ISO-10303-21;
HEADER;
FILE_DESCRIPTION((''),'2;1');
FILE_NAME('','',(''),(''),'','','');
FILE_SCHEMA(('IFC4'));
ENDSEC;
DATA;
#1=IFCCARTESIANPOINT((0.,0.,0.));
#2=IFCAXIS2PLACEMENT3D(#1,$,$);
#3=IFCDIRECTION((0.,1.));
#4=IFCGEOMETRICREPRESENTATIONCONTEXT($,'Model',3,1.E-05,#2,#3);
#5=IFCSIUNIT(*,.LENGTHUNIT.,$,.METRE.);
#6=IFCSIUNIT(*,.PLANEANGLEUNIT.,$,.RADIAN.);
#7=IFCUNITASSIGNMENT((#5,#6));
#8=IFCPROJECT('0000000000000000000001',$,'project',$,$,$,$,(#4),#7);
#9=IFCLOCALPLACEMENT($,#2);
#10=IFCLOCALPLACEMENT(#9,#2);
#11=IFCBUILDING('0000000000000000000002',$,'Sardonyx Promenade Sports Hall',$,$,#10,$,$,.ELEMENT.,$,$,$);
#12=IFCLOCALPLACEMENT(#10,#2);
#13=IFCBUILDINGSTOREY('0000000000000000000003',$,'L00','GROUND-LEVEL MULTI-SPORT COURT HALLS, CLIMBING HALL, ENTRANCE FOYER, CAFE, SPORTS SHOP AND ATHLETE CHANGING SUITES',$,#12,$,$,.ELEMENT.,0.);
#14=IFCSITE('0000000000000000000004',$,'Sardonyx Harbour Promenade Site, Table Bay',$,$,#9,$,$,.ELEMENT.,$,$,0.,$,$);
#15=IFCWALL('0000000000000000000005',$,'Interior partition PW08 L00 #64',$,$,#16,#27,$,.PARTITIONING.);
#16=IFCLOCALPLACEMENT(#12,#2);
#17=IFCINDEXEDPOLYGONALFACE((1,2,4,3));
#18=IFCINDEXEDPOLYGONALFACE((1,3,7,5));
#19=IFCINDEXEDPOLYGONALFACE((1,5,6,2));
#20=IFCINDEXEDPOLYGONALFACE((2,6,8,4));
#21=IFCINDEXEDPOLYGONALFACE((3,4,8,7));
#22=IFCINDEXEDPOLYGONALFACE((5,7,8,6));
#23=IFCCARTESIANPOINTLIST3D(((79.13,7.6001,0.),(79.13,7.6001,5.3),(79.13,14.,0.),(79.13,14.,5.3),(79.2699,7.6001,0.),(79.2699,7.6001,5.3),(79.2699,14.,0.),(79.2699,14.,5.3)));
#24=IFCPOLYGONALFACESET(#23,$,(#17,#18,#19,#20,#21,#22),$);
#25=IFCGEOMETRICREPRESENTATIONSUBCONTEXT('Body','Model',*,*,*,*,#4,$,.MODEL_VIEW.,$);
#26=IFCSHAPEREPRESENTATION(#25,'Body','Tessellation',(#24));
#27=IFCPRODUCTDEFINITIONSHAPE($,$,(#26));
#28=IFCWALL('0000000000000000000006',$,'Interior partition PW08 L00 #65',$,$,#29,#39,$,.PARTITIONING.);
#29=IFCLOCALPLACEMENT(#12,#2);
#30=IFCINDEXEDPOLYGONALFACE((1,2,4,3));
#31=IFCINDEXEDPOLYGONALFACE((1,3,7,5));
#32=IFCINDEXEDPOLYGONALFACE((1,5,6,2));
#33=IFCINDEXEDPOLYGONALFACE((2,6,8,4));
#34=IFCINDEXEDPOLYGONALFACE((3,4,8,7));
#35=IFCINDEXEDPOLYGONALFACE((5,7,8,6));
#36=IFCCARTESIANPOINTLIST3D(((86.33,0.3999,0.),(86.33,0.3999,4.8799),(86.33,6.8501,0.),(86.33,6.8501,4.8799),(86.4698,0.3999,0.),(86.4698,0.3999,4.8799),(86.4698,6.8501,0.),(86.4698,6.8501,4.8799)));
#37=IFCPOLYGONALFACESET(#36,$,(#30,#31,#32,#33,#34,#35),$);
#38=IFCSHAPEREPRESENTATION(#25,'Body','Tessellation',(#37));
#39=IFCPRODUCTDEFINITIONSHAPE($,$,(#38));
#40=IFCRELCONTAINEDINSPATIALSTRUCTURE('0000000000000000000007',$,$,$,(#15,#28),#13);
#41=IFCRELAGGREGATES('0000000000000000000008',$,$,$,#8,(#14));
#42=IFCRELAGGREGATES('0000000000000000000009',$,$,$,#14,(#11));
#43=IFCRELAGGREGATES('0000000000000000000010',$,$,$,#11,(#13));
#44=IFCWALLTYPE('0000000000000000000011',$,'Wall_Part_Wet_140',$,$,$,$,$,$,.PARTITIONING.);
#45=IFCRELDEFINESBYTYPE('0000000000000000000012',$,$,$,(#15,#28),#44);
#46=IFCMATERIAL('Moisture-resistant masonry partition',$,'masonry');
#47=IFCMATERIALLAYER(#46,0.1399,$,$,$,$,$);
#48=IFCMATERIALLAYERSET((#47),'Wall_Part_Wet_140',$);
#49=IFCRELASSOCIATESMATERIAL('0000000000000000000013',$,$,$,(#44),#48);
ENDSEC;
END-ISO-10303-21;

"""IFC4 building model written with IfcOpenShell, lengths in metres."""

from ifc_helpers import new_model, si_unit, direction, frame, frame_2d, origin, place, context, subcontext, project, spatial, rectangle, extrude, material, layer, layer_set, type_object, element, save


model = new_model("IFC4")

# Units and contexts
model_context = context("Model", 3, precision=1e-05, world=origin(), true_north=direction((0.0, 1.0)))
body_context = subcontext(model_context, "Body", "Model", "MODEL_VIEW")
ifc_project = project(units=[si_unit("LENGTHUNIT", "METRE"), si_unit("PLANEANGLEUNIT", "RADIAN")], contexts=[model_context])

# Site, building, storey
site_placement = place(None, origin())
site = spatial("IfcSite", under=ifc_project, at=site_placement, Name="Sardonyx Harbour Promenade Site, Table Bay", CompositionType="ELEMENT", RefElevation=0.0)
building_placement = place(site_placement, origin())
building = spatial("IfcBuilding", under=site, at=building_placement, Name="Sardonyx Promenade Sports Hall", CompositionType="ELEMENT")
storey_placement = place(building_placement, origin())
storey = spatial("IfcBuildingStorey", under=building, at=storey_placement, Name="L00", Description="GROUND-LEVEL MULTI-SPORT COURT HALLS, CLIMBING HALL, ENTRANCE FOYER, CAFE, SPORTS SHOP AND ATHLETE CHANGING SUITES", CompositionType="ELEMENT", Elevation=0.0)

# Walls
ifc_material_1 = material(Name="Moisture-resistant masonry partition", Category="masonry")
ifc_layer_1 = layer(ifc_material_1, 0.1399)
ifc_layer_set_1 = layer_set([ifc_layer_1], Name="Wall_Part_Wet_140")
wall_type_1 = type_object("IfcWallType", Name="Wall_Part_Wet_140", PredefinedType="PARTITIONING", material=ifc_layer_set_1)
wall_1_placement = place(storey_placement, frame((79.2, 7.6001, 0.0), z_axis=(0.0, 0.0, 1.0), x_axis=(0.0, 1.0, 0.0)))
element("IfcWall", 1, at=wall_1_placement, inside=storey, type_object=wall_type_1, Name="Interior partition PW08 L00 #64", PredefinedType="PARTITIONING", context=body_context, shape_type="SweptSolid", body=[
    extrude(rectangle(XDim=6.3999, YDim=0.1399, at=frame_2d((3.2, 0.0))), origin(), (0.0, 0.0, 1.0), 5.3),
])
wall_2_placement = place(storey_placement, frame((86.3999, 0.3999, 0.0), z_axis=(0.0, 0.0, 1.0), x_axis=(0.0, 1.0, 0.0)))
element("IfcWall", 2, at=wall_2_placement, inside=storey, type_object=wall_type_1, Name="Interior partition PW08 L00 #65", PredefinedType="PARTITIONING", context=body_context, shape_type="SweptSolid", body=[
    extrude(rectangle(XDim=6.4502, YDim=0.1399, at=frame_2d((3.2251, 0.0))), origin(), (0.0, 0.0, 1.0), 4.8799),
])

save(model, "model.ifc")
